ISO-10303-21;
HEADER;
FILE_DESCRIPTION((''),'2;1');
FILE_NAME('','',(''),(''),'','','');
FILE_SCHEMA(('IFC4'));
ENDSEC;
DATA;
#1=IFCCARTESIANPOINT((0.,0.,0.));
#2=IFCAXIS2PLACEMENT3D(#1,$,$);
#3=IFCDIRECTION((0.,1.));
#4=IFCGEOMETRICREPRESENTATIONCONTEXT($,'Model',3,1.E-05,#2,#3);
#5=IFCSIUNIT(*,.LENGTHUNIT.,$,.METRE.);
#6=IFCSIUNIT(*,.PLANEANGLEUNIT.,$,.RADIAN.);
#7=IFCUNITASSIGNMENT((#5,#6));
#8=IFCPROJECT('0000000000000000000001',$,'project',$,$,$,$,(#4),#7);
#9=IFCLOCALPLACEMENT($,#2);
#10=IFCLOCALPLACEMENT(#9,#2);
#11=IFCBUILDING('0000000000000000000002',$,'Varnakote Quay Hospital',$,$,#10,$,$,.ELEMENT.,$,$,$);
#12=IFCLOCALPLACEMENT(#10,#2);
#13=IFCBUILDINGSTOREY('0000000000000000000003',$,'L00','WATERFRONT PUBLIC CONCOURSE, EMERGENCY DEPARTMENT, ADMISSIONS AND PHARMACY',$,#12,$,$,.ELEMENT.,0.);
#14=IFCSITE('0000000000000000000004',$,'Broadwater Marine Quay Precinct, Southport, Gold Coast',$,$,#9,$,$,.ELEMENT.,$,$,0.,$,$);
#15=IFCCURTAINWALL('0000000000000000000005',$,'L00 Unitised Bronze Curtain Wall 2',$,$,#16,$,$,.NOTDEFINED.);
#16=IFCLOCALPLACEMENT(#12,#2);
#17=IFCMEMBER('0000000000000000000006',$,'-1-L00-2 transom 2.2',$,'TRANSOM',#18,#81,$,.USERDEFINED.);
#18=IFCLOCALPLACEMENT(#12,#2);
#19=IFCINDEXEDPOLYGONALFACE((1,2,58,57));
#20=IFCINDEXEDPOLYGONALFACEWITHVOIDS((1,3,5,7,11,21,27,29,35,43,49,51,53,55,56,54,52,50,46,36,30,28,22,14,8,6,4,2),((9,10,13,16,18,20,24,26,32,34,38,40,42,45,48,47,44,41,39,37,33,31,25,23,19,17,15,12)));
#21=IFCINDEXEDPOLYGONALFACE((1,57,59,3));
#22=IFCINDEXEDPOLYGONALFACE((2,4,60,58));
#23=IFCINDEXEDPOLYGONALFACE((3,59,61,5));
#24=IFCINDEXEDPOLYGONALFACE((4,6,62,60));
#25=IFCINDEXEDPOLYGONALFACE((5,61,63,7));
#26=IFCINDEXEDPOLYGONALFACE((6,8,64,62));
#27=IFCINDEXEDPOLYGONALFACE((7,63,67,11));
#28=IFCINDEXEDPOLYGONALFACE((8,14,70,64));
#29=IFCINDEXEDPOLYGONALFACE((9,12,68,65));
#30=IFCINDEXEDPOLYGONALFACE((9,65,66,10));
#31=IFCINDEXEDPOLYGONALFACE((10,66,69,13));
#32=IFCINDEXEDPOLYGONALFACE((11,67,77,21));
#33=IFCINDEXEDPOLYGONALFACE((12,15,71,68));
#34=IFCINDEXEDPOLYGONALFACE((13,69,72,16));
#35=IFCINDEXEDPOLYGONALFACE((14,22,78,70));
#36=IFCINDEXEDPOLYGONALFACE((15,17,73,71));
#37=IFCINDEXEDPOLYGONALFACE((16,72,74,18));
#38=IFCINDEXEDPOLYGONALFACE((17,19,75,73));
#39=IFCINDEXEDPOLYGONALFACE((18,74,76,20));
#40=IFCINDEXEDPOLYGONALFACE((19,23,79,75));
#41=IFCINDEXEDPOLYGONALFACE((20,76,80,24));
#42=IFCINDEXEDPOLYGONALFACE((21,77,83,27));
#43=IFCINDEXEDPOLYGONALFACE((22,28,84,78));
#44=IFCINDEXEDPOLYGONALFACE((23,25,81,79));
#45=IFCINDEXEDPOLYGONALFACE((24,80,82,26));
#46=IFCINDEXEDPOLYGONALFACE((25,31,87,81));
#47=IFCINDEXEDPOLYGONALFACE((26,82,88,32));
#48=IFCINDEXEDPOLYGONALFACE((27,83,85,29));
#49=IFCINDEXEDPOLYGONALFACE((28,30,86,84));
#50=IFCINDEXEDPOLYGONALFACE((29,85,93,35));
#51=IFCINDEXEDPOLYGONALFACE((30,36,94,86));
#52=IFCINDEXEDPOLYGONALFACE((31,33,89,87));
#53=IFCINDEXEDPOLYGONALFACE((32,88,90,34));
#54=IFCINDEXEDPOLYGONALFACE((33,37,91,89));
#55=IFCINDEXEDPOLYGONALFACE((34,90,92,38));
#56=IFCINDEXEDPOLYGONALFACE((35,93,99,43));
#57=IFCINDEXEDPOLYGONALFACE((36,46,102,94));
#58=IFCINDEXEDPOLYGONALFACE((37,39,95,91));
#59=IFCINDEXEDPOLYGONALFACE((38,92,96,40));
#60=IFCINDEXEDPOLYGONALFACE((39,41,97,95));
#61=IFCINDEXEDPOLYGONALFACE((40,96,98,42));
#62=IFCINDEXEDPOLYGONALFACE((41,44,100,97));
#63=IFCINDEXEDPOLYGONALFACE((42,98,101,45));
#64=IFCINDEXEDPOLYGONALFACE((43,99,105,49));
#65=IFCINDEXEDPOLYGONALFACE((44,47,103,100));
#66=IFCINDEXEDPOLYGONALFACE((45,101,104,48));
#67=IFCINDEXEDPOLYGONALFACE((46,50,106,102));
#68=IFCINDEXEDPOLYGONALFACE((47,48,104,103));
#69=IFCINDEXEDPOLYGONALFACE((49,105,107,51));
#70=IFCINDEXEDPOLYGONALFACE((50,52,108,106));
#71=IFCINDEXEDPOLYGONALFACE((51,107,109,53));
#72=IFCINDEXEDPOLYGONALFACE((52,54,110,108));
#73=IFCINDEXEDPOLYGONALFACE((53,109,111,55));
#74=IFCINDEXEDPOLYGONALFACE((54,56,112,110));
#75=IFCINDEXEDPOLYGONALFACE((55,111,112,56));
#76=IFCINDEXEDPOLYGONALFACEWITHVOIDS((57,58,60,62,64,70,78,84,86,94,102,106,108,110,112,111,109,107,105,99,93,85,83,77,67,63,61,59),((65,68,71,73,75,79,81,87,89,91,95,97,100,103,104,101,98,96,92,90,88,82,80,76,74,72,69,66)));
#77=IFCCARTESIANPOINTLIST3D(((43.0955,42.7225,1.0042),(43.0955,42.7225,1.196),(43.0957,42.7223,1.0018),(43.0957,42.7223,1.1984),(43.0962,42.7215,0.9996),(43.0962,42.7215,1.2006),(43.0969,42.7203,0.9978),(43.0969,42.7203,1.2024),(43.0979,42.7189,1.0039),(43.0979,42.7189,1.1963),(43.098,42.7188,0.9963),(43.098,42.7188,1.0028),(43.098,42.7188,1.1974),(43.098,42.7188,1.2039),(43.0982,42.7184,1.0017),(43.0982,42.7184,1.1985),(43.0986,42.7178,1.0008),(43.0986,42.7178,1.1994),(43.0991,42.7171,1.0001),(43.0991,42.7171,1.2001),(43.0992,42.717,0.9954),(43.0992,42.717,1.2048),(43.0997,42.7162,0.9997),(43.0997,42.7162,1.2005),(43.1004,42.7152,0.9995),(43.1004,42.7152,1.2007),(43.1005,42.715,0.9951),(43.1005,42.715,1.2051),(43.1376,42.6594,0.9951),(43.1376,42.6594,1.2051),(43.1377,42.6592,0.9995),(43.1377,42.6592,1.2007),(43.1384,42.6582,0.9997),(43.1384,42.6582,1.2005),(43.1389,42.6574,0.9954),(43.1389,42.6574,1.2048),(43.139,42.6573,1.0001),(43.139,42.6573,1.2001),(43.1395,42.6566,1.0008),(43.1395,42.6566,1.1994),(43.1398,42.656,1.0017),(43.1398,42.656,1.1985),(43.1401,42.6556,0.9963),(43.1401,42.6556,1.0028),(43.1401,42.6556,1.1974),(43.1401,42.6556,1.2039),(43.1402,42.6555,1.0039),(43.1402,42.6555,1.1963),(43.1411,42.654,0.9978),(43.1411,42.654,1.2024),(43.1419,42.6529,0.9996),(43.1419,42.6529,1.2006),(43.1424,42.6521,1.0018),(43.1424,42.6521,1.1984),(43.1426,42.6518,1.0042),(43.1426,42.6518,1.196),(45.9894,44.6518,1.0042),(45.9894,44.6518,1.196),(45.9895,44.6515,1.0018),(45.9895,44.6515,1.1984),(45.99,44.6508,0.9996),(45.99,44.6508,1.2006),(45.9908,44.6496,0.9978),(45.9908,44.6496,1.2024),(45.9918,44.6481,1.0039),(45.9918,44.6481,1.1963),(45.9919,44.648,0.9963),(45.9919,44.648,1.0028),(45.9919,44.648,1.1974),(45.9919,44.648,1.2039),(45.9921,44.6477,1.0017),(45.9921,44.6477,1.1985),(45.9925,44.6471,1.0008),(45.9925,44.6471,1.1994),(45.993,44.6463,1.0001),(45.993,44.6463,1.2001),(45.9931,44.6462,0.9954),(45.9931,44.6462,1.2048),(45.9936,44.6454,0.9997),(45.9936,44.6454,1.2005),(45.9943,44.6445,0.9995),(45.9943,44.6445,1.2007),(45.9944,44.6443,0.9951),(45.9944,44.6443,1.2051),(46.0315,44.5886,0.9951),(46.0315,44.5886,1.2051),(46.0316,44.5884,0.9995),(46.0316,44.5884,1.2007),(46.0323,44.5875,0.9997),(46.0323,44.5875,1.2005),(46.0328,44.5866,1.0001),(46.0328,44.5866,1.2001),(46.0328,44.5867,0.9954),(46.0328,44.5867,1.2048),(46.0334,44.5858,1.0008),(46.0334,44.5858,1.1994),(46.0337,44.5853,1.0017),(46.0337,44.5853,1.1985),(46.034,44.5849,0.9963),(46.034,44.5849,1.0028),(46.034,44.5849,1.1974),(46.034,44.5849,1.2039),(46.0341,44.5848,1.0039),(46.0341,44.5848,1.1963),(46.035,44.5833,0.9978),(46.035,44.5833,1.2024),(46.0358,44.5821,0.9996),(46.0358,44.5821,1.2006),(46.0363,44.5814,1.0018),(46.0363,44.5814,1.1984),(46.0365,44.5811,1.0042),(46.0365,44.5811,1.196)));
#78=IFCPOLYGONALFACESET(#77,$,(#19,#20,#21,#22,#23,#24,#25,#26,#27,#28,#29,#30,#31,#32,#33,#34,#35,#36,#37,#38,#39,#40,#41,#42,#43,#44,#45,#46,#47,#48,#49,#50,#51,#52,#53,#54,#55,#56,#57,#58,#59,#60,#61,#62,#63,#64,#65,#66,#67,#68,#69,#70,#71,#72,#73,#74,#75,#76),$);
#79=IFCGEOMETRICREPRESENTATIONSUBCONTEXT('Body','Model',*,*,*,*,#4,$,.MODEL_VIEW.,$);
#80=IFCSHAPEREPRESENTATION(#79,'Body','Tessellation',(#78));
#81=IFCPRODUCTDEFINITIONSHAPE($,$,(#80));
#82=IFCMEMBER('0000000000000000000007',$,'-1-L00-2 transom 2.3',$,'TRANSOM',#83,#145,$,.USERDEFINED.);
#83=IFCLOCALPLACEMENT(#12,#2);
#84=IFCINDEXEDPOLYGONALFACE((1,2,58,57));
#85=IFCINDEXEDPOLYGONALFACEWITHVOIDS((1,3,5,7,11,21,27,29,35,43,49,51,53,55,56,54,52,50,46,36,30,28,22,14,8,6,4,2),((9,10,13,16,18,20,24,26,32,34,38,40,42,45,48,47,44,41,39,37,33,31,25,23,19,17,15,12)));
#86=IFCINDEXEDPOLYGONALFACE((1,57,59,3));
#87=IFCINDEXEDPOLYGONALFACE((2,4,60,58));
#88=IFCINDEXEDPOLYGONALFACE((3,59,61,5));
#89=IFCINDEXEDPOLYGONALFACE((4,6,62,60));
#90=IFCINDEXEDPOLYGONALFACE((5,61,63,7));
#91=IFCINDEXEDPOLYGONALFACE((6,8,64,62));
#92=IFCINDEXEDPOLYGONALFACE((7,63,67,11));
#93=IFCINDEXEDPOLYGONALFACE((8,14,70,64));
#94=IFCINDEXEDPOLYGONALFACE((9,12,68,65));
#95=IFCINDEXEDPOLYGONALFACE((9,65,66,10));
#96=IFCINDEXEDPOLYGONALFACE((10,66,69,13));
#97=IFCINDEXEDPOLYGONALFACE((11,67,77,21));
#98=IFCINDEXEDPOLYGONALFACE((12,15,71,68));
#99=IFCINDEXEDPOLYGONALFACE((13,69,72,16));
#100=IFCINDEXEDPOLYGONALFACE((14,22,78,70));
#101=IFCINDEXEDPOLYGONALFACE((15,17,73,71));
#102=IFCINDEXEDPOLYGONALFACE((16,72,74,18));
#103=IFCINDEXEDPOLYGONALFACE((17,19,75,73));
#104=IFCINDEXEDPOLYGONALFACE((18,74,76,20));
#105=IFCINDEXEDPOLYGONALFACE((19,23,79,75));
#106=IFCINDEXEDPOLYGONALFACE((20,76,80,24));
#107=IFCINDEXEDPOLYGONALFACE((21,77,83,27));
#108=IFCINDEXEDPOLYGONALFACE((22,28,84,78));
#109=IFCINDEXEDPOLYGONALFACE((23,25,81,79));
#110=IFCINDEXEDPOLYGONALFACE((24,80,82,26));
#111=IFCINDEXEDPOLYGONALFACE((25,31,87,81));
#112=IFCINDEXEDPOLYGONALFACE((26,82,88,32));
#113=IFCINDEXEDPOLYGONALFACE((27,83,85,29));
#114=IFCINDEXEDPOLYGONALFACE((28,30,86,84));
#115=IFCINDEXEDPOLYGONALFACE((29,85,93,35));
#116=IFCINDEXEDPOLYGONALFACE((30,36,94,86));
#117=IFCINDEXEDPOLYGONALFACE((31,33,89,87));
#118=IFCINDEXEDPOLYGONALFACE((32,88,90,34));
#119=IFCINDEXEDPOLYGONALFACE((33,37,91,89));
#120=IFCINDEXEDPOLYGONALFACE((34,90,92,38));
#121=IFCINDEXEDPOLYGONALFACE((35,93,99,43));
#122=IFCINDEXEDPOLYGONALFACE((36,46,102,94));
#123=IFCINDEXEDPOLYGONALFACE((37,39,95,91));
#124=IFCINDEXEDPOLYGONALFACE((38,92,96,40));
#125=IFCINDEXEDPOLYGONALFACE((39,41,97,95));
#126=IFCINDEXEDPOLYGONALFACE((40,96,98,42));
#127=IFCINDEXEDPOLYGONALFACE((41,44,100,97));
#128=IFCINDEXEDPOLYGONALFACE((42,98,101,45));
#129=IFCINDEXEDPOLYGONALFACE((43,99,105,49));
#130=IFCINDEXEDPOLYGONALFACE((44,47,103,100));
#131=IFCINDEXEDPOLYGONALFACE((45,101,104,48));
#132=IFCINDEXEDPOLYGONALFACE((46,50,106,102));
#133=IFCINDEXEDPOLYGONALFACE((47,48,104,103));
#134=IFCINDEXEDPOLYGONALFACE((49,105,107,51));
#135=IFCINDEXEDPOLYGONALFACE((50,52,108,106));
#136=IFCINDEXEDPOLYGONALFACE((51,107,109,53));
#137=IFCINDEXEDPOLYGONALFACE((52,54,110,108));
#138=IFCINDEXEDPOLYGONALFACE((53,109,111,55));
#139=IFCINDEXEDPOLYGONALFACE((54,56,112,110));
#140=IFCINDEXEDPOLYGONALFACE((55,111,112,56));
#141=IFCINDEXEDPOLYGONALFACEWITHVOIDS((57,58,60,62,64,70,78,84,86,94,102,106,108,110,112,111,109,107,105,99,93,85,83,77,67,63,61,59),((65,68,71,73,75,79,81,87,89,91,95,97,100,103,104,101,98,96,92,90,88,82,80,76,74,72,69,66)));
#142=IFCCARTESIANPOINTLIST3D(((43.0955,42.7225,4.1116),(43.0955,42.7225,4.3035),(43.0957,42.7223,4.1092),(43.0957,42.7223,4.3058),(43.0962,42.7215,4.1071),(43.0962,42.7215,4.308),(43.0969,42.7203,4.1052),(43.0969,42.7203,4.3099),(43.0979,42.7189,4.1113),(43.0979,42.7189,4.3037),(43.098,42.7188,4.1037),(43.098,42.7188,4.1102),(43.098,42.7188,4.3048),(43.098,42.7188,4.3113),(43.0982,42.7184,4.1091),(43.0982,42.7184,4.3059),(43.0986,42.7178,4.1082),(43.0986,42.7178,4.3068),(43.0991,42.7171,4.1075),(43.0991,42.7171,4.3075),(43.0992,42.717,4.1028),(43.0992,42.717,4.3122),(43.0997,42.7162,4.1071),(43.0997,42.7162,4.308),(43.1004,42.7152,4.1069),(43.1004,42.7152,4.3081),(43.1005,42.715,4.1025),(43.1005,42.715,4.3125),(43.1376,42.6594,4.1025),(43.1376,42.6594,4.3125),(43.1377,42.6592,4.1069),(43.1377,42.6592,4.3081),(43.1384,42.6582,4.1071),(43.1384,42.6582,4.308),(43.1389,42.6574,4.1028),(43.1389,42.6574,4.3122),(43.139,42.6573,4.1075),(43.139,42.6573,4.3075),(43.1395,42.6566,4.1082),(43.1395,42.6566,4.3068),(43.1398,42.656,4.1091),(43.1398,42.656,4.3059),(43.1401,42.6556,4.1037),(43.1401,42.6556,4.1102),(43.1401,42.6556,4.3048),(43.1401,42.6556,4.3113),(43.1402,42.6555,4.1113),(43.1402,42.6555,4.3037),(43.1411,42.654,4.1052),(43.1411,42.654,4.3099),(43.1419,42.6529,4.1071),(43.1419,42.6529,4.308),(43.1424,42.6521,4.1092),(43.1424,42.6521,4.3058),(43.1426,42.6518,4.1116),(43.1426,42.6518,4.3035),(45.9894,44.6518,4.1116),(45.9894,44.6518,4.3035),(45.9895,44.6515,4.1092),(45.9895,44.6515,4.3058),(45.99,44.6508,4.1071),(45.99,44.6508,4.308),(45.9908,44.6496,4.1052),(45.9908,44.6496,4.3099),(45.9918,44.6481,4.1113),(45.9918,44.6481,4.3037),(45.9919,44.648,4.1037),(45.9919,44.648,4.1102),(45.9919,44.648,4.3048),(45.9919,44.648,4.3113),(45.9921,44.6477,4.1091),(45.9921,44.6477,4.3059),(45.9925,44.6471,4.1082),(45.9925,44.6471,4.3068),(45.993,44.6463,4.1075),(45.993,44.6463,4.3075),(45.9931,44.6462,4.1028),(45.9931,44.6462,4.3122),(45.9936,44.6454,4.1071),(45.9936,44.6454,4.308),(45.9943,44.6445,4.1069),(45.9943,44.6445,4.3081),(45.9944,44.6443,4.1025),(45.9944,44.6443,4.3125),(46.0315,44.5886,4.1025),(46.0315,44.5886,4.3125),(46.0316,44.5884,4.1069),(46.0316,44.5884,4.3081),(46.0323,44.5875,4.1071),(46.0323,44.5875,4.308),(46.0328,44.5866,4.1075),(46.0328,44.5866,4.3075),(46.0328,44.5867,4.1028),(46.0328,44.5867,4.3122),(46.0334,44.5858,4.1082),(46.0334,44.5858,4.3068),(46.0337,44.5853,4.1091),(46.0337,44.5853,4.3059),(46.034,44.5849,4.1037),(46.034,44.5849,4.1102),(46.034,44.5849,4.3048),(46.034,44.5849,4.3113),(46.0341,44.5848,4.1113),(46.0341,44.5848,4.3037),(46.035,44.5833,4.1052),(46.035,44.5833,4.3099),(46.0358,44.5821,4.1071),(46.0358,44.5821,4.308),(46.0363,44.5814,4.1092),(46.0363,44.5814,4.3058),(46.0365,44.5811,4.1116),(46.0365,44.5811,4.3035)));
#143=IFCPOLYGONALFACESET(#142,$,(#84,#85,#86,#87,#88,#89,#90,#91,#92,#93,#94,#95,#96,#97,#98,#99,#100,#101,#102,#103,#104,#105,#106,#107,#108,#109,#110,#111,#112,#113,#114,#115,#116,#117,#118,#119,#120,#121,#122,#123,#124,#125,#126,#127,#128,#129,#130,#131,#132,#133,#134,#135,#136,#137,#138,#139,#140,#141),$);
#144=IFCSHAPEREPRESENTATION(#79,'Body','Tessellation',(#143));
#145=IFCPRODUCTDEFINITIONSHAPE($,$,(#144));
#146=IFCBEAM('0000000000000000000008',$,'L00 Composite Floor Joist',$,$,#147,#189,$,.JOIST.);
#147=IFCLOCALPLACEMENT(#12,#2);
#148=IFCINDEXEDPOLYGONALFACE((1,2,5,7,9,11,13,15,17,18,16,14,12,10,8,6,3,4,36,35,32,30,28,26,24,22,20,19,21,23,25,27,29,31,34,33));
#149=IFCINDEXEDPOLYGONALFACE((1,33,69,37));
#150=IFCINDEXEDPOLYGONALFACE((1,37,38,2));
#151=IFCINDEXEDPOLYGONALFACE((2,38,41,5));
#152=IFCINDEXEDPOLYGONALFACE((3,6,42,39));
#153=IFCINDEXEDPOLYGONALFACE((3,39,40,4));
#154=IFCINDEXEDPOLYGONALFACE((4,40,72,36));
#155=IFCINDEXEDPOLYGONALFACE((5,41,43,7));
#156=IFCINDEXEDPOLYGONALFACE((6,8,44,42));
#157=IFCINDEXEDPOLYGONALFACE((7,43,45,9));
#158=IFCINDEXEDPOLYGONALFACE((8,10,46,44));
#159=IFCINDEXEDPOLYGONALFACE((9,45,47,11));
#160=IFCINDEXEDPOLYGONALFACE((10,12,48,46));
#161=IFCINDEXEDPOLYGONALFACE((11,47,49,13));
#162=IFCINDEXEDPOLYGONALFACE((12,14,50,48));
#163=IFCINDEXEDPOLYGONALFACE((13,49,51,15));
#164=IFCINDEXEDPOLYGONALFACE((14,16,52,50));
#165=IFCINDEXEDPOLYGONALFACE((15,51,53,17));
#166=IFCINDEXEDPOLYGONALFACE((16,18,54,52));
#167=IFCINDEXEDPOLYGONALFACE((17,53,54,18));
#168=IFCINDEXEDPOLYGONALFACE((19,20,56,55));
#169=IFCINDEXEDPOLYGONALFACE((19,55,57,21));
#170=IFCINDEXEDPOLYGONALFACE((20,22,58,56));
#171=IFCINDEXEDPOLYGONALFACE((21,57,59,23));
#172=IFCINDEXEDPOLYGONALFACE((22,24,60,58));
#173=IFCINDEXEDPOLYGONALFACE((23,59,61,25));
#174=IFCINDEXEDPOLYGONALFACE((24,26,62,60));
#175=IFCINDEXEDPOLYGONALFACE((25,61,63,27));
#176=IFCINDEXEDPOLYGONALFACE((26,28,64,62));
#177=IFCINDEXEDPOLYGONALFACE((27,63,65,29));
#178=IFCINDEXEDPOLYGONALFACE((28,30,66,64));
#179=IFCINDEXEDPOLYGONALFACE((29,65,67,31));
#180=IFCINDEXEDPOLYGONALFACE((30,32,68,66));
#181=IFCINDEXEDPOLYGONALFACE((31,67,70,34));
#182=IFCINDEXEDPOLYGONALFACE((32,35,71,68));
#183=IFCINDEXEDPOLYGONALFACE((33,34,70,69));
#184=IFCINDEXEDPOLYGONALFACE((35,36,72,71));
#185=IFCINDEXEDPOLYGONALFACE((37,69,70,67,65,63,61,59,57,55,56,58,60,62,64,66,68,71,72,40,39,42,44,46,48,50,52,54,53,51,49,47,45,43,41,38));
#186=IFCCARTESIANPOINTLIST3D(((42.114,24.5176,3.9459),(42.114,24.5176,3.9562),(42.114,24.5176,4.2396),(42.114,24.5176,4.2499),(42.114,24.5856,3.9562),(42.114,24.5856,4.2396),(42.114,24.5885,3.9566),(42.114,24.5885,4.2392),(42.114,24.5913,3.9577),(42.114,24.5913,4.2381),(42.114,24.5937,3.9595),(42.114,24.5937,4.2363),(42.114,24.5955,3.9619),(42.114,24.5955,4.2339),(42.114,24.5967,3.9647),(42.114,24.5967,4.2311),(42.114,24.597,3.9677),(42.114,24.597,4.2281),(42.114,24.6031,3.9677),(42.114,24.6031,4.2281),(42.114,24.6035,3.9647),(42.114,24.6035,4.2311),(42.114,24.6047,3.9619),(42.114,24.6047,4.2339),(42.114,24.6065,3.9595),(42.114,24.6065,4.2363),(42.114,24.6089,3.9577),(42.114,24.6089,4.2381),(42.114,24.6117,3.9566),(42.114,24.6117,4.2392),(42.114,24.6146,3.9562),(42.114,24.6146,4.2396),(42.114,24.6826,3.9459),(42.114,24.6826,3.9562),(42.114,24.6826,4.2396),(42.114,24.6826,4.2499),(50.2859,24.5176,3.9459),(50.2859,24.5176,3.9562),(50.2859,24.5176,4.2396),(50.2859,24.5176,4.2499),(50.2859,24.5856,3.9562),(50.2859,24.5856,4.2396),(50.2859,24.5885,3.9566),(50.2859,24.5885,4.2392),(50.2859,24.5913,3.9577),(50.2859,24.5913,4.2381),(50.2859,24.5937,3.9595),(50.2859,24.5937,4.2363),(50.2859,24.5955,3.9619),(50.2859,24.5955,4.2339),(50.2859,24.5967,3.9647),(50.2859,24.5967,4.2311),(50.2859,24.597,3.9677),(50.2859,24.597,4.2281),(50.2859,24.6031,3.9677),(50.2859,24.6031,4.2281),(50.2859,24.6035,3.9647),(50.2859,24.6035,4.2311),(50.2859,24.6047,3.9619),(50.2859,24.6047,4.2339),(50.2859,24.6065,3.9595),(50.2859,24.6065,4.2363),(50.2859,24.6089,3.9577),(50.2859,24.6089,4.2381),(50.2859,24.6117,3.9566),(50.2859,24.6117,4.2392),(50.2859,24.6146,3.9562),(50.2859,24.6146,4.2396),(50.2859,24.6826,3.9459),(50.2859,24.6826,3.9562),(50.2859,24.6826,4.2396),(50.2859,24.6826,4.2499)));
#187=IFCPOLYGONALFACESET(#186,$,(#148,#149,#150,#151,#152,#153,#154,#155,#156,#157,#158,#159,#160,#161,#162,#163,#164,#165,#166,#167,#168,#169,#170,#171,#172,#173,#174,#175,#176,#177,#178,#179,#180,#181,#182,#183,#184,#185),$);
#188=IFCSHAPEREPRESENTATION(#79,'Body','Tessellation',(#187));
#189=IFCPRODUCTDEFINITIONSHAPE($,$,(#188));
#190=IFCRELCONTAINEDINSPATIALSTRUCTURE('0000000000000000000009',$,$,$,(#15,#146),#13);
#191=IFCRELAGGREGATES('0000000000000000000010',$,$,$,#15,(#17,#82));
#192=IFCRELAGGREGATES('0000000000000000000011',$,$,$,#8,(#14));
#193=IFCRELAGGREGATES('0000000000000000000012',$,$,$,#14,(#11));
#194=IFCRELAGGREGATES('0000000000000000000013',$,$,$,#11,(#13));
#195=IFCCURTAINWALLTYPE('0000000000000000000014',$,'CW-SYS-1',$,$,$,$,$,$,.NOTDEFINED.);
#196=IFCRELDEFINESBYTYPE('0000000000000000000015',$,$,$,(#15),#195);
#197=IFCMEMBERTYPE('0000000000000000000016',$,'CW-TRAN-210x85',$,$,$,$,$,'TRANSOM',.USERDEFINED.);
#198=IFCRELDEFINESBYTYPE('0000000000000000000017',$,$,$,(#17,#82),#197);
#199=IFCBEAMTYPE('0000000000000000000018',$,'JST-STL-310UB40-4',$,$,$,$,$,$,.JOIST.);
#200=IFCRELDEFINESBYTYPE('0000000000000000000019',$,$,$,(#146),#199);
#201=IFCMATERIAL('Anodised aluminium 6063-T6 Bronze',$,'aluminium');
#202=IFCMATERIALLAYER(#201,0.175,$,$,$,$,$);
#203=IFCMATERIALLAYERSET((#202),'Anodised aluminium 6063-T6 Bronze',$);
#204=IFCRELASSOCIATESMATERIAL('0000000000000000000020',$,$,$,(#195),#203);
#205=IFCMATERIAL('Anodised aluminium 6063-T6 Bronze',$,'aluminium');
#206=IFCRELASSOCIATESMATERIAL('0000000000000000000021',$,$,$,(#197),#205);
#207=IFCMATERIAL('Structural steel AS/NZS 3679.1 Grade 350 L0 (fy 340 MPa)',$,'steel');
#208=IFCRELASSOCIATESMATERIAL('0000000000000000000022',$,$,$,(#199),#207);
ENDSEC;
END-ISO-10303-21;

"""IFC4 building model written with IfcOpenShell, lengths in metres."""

from ifc_helpers import new_model, si_unit, direction, frame, origin, origin_2d, place, context, subcontext, project, spatial, hollow_rectangle, i_section, extrude, material, layer, layer_set, material_profile, profile_set, type_object, element, aggregate, save


model = new_model("IFC4")

# Units and contexts
model_context = context("Model", 3, precision=1e-05, world=origin(), true_north=direction((0.0, 1.0)))
body_context = subcontext(model_context, "Body", "Model", "MODEL_VIEW")
ifc_project = project(units=[si_unit("LENGTHUNIT", "METRE"), si_unit("PLANEANGLEUNIT", "RADIAN")], contexts=[model_context])

# Site, building, storey
site_placement = place(None, origin())
site = spatial("IfcSite", under=ifc_project, at=site_placement, Name="Broadwater Marine Quay Precinct, Southport, Gold Coast", CompositionType="ELEMENT", RefElevation=0.0)
building_placement = place(site_placement, origin())
building = spatial("IfcBuilding", under=site, at=building_placement, Name="Varnakote Quay Hospital", CompositionType="ELEMENT")
storey_placement = place(building_placement, origin())
storey = spatial("IfcBuildingStorey", under=building, at=storey_placement, Name="L00", Description="WATERFRONT PUBLIC CONCOURSE, EMERGENCY DEPARTMENT, ADMISSIONS AND PHARMACY", CompositionType="ELEMENT", Elevation=0.0)

# Curtain wall, members
ifc_material_1 = material(Name="Anodised aluminium 6063-T6 Bronze", Category="aluminium")
ifc_layer_1 = layer(ifc_material_1, 0.175)
ifc_layer_set_1 = layer_set([ifc_layer_1], Name="Anodised aluminium 6063-T6 Bronze")
curtain_wall_type = type_object("IfcCurtainWallType", Name="CW-SYS-1", PredefinedType="NOTDEFINED", material=ifc_layer_set_1)
curtain_wall_placement = place(storey_placement, origin())
curtain_wall = element("IfcCurtainWall", 1, at=curtain_wall_placement, inside=storey, type_object=curtain_wall_type, Name="L00 Unitised Bronze Curtain Wall 2", PredefinedType="NOTDEFINED")
ifc_material_2 = material(Name="Anodised aluminium 6063-T6 Bronze", Category="aluminium")
ifc_material_profile_1 = material_profile(ifc_material_2, hollow_rectangle(XDim=0.085, YDim=0.21, WallThickness=0.0044, InnerFilletRadius=0.0044, OuterFilletRadius=0.009, at=origin_2d()), Name="CW-TRAN-210x85")
ifc_profile_set_1 = profile_set([ifc_material_profile_1], Name="Anodised aluminium 6063-T6 Bronze")
member_type_1 = type_object("IfcMemberType", Name="CW-TRAN-210x85", ElementType="TRANSOM", PredefinedType="USERDEFINED", material=ifc_profile_set_1)
member_1_placement = place(storey_placement, frame((46.0129, 44.6165, 1.1001), z_axis=(-0.83205, -0.5547, 0.0), x_axis=(0.5547, -0.83205, 0.0)))
member_1 = element("IfcMember", 2, at=member_1_placement, type_object=member_type_1, Name="-1-L00-2 transom 2.2", ObjectType="TRANSOM", PredefinedType="USERDEFINED", context=body_context, shape_type="SweptSolid", body=[
    extrude(hollow_rectangle(XDim=0.085, YDim=0.21, WallThickness=0.0044, InnerFilletRadius=0.0044, OuterFilletRadius=0.009, at=origin_2d()), origin(), (0.0, 0.0, 1.0), 3.478),
])
member_2_placement = place(storey_placement, frame((46.0129, 44.6165, 4.2075), z_axis=(-0.83205, -0.5547, 0.0), x_axis=(0.5547, -0.83205, 0.0)))
member_2 = element("IfcMember", 3, at=member_2_placement, type_object=member_type_1, Name="-1-L00-2 transom 2.3", ObjectType="TRANSOM", PredefinedType="USERDEFINED", context=body_context, shape_type="SweptSolid", body=[
    extrude(hollow_rectangle(XDim=0.085, YDim=0.21, WallThickness=0.0044, InnerFilletRadius=0.0044, OuterFilletRadius=0.009, at=origin_2d()), origin(), (0.0, 0.0, 1.0), 3.478),
])

# Beam
ifc_material_3 = material(Name="Structural steel AS/NZS 3679.1 Grade 350 L0 (fy 340 MPa)", Category="steel")
ifc_material_profile_2 = material_profile(ifc_material_3, i_section(OverallWidth=0.165, OverallDepth=0.304, WebThickness=0.0061, FlangeThickness=0.0103, FilletRadius=0.0115, at=origin_2d()), Name="310UB40.4")
ifc_profile_set_2 = profile_set([ifc_material_profile_2], Name="Structural steel AS/NZS 3679.1 Grade 350 L0 (fy 340 MPa)")
beam_type_1 = type_object("IfcBeamType", Name="JST-STL-310UB40-4", PredefinedType="JOIST", material=ifc_profile_set_2)
for number, where, z_axis, x_axis, name in (
    (4, (42.114, 24.6001, 4.0979), (1.0, 0.0, 0.0), (0.0, 1.0, 0.0), "L00 Composite Floor Joist"),
):
    element("IfcBeam", number, at=place(storey_placement, frame(where, z_axis=z_axis, x_axis=x_axis)), inside=storey, type_object=beam_type_1, Name=name, PredefinedType="JOIST", context=body_context, shape_type="SweptSolid", body=[
        extrude(i_section(OverallWidth=0.165, OverallDepth=0.304, WebThickness=0.0061, FlangeThickness=0.0103, FilletRadius=0.0115, at=origin_2d()), origin(), (0.0, 0.0, 1.0), 8.1719),
    ])

aggregate(curtain_wall, [member_1, member_2])

save(model, "model.ifc")
